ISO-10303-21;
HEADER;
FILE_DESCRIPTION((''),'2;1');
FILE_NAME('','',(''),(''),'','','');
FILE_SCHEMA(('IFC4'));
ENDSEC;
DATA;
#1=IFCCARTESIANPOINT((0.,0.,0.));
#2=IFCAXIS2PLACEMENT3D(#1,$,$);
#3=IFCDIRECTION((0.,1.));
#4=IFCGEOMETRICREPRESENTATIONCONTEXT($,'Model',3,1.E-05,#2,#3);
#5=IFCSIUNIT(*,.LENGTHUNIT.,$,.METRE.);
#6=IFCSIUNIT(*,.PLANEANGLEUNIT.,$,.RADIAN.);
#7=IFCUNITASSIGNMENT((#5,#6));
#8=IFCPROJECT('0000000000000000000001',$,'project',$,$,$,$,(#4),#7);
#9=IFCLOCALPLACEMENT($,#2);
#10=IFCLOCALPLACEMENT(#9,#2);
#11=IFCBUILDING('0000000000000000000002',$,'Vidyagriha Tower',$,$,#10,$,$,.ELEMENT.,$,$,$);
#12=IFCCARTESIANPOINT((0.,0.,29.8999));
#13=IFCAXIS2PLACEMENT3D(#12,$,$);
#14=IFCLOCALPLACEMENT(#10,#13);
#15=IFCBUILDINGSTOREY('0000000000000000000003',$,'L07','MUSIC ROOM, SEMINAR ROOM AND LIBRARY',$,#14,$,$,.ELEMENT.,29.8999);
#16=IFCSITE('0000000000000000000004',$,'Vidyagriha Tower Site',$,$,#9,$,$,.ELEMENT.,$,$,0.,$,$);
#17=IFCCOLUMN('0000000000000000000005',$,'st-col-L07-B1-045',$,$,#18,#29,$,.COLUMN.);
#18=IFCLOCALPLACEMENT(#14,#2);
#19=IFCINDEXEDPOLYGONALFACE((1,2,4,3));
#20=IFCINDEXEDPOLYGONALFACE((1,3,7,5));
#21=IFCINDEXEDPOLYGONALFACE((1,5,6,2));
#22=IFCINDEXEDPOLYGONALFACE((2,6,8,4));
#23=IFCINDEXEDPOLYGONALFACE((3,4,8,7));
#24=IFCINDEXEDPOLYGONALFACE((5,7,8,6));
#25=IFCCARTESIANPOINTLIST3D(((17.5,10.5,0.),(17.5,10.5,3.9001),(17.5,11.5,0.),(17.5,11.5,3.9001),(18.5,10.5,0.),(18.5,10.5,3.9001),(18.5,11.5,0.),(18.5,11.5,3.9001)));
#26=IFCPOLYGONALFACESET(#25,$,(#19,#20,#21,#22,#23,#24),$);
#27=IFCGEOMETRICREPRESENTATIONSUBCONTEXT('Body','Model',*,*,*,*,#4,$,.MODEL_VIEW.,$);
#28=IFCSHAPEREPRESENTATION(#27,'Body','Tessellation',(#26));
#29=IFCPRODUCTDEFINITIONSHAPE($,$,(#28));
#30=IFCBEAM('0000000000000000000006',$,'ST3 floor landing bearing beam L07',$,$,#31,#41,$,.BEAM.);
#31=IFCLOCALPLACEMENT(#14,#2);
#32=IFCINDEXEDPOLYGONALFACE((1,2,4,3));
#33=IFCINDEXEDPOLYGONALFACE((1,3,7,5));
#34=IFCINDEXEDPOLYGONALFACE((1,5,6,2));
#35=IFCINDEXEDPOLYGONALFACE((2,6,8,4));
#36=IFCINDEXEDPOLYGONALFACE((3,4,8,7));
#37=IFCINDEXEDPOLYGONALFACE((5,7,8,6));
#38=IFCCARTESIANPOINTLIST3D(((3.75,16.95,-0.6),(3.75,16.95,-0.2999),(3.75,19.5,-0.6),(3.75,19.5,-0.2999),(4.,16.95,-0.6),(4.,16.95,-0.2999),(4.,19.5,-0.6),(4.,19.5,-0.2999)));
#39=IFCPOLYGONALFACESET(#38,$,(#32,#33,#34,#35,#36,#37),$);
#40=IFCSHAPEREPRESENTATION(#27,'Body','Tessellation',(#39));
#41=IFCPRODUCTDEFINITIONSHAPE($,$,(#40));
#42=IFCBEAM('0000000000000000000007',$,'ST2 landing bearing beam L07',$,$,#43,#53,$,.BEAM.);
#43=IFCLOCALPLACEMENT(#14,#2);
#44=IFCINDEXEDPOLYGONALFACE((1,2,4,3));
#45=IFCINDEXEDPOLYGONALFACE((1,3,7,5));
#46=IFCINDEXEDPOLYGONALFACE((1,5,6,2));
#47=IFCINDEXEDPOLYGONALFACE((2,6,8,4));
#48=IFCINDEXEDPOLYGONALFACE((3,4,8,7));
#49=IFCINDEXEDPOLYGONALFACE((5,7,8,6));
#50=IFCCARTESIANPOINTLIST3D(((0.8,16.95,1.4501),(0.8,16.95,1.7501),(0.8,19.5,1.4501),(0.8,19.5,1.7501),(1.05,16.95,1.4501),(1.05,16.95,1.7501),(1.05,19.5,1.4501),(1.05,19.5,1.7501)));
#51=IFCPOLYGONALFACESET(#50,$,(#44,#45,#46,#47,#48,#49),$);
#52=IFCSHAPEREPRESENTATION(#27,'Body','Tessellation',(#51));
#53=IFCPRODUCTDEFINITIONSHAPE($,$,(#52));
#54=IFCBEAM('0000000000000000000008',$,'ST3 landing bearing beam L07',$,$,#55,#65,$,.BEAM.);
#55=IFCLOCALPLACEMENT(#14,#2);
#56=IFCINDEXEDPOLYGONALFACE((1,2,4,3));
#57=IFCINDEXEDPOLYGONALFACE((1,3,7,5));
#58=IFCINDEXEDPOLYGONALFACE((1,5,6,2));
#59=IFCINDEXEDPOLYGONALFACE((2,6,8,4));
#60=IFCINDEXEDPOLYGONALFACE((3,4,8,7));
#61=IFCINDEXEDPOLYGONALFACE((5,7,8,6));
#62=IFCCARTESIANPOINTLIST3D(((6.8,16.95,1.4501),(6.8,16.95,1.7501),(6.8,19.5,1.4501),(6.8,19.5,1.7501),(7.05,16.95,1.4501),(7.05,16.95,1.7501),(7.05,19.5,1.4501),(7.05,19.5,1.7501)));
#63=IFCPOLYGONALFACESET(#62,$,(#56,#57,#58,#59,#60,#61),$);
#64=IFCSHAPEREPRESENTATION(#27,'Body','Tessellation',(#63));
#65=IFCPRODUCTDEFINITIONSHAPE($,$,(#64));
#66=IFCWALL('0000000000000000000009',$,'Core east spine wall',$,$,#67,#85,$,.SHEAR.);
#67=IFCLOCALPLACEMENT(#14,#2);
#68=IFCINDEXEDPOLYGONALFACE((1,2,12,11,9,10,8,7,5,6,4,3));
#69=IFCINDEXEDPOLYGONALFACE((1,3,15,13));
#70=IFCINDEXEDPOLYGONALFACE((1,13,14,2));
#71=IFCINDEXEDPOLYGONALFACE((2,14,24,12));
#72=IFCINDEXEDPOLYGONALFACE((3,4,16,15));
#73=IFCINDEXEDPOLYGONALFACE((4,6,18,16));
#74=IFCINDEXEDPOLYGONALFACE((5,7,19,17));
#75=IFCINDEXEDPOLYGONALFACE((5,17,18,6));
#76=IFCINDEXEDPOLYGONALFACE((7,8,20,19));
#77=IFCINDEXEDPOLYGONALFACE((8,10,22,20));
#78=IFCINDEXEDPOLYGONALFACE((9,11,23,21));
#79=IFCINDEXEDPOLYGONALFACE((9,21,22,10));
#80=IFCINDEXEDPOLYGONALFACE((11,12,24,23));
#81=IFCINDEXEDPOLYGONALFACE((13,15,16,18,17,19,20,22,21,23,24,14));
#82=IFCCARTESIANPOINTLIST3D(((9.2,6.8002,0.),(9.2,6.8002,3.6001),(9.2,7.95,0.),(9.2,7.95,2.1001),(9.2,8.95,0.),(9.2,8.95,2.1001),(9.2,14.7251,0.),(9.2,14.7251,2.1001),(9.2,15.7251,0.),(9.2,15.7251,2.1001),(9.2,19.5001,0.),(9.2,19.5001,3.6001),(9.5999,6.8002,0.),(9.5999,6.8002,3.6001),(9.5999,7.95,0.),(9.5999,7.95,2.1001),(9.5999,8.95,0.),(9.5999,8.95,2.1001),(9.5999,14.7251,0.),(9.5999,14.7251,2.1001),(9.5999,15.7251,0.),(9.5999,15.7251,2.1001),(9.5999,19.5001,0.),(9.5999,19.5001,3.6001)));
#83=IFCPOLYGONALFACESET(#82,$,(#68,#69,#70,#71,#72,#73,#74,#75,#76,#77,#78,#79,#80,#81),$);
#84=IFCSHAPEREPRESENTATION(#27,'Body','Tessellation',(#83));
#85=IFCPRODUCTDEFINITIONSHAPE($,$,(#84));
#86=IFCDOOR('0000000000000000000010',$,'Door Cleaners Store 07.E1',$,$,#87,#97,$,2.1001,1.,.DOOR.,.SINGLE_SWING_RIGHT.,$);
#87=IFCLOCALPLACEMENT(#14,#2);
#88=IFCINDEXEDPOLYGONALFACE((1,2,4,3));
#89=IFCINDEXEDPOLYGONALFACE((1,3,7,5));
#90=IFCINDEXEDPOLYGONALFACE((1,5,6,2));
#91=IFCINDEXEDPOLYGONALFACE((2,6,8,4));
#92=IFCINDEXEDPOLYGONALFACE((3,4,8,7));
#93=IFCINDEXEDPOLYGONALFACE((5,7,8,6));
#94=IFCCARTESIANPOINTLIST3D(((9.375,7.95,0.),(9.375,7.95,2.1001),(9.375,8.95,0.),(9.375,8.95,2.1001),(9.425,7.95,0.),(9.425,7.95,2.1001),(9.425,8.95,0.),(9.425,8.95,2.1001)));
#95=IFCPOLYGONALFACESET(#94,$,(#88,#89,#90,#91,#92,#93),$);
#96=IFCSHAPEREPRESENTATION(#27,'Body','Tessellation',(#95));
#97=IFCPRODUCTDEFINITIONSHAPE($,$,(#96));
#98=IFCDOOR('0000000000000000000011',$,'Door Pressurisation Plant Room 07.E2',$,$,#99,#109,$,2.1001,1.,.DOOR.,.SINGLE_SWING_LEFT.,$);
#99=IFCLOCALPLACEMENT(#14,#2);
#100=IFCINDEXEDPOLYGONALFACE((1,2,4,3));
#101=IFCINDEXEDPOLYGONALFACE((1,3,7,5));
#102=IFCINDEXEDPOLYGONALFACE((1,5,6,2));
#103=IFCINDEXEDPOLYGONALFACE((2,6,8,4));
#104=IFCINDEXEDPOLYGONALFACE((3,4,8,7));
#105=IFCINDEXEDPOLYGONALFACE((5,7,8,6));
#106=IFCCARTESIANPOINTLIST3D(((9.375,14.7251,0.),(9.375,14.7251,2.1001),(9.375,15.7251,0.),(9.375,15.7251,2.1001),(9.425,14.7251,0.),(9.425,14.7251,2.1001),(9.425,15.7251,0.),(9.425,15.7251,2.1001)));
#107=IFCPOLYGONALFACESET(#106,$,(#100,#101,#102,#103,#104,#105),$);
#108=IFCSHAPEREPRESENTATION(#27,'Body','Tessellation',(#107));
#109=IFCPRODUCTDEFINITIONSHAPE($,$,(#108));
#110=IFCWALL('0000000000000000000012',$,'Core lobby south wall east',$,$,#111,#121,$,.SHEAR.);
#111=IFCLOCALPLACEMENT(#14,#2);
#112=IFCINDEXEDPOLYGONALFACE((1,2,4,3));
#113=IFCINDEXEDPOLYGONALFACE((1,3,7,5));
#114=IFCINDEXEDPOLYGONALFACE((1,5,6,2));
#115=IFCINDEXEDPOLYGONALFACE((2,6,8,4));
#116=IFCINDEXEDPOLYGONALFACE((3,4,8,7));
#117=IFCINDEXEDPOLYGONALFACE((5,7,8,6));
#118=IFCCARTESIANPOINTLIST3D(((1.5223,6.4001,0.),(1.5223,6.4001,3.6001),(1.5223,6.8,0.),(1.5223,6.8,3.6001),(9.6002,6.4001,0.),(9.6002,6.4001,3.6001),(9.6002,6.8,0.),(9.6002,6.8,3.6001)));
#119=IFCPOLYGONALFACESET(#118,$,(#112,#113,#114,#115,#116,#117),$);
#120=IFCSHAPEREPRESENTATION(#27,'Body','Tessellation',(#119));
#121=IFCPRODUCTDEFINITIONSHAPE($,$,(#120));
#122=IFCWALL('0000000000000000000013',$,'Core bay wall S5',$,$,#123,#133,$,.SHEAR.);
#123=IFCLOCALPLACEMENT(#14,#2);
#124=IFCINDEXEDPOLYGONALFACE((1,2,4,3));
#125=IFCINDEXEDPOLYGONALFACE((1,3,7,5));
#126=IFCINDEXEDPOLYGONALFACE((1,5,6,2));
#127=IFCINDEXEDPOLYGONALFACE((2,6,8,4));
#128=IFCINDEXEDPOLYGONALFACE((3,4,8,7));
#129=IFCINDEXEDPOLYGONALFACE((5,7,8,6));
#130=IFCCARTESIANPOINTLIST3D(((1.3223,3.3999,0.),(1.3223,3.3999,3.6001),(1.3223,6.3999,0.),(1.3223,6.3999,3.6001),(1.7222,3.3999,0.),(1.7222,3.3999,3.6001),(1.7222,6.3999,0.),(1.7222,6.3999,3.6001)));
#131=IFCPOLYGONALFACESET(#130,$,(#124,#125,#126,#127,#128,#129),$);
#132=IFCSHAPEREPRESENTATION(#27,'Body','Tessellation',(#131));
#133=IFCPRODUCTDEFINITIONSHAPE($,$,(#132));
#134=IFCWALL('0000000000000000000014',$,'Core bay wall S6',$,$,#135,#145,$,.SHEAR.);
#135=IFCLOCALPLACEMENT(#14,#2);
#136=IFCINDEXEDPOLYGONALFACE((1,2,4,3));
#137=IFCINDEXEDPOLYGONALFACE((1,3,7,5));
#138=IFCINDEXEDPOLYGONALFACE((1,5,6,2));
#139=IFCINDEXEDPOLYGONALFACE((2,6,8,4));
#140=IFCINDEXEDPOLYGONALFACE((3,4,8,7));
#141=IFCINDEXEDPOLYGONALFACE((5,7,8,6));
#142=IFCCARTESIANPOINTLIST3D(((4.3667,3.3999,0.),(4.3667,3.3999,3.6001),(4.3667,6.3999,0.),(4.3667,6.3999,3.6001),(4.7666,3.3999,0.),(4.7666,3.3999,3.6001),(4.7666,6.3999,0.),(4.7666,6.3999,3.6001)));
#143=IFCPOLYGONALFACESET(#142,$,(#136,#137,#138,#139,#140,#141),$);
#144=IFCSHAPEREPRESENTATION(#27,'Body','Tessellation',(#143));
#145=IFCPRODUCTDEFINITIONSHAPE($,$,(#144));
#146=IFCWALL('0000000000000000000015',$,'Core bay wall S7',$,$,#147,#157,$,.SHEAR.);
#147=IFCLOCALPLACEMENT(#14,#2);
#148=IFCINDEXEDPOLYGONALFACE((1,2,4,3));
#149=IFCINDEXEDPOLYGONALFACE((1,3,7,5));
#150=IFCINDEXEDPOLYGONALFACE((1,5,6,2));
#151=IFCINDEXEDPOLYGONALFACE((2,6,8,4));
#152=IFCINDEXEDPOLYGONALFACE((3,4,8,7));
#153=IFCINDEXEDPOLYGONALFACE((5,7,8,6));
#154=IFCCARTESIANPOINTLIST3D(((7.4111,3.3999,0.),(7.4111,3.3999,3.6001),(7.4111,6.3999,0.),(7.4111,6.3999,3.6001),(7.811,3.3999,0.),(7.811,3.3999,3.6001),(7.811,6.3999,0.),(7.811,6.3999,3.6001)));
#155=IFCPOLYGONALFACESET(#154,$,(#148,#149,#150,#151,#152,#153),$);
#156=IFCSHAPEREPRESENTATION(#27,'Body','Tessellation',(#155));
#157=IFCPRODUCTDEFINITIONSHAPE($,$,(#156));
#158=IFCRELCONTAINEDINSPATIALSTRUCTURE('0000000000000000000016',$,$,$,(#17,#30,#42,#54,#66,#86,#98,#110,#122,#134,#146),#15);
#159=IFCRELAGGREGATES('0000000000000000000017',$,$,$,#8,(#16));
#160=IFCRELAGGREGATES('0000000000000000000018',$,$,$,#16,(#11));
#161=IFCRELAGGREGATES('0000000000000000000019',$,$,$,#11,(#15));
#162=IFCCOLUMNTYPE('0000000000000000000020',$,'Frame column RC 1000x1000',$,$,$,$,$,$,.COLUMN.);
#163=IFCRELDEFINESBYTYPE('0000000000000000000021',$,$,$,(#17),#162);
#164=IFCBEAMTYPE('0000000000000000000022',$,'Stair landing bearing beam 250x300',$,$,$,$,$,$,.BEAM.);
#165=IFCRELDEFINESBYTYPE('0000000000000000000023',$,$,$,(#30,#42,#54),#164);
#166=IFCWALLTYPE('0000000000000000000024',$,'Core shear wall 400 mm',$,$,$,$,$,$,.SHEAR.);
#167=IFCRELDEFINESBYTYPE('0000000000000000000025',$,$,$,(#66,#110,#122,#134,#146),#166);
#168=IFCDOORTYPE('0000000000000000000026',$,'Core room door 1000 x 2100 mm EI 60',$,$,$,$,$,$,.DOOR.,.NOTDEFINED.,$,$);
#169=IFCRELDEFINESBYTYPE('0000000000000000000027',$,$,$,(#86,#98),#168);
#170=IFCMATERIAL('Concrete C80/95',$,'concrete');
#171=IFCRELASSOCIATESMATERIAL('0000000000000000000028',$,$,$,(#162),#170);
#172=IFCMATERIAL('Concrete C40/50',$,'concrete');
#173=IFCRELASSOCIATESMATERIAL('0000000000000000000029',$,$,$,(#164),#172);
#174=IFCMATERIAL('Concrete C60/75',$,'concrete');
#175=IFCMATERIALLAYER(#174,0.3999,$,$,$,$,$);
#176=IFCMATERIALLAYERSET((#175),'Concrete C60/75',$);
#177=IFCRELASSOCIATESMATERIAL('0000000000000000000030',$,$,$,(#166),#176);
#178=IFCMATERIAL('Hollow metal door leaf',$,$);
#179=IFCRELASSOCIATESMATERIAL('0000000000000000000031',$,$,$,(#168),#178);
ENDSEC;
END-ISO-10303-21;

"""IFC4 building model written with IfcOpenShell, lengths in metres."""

from ifc_helpers import new_model, si_unit, direction, frame, frame_2d, origin, origin_2d, place, context, subcontext, project, spatial, rectangle, extrude, material, layer, layer_set, material_profile, profile_set, type_object, element, fill, save


model = new_model("IFC4")

# Units and contexts
model_context = context("Model", 3, precision=1e-05, world=origin(), true_north=direction((0.0, 1.0)))
body_context = subcontext(model_context, "Body", "Model", "MODEL_VIEW")
ifc_project = project(units=[si_unit("LENGTHUNIT", "METRE"), si_unit("PLANEANGLEUNIT", "RADIAN")], contexts=[model_context])

# Site, building, storey
site_placement = place(None, origin())
site = spatial("IfcSite", under=ifc_project, at=site_placement, Name="Vidyagriha Tower Site", CompositionType="ELEMENT", RefElevation=0.0)
building_placement = place(site_placement, origin())
building = spatial("IfcBuilding", under=site, at=building_placement, Name="Vidyagriha Tower", CompositionType="ELEMENT")
storey_placement = place(building_placement, frame((0.0, 0.0, 29.8999)))
storey = spatial("IfcBuildingStorey", under=building, at=storey_placement, Name="L07", Description="MUSIC ROOM, SEMINAR ROOM AND LIBRARY", CompositionType="ELEMENT", Elevation=29.8999)

# Column
ifc_material_1 = material(Name="Concrete C80/95", Category="concrete")
ifc_material_profile_1 = material_profile(ifc_material_1, rectangle(XDim=1.0, YDim=1.0, at=origin_2d()), Name="RC 1000x1000")
ifc_profile_set_1 = profile_set([ifc_material_profile_1], Name="Concrete C80/95")
column_type = type_object("IfcColumnType", Name="Frame column RC 1000x1000", PredefinedType="COLUMN", material=ifc_profile_set_1)
column_placement = place(storey_placement, frame((18.0, 11.0, 0.0)))
element("IfcColumn", 1, at=column_placement, inside=storey, type_object=column_type, Name="st-col-L07-B1-045", PredefinedType="COLUMN", context=body_context, shape_type="SweptSolid", body=[
    extrude(rectangle(XDim=1.0, YDim=1.0, at=origin_2d()), origin(), (0.0, 0.0, 1.0), 3.9001),
])

# Beams
ifc_material_2 = material(Name="Concrete C40/50", Category="concrete")
ifc_material_profile_2 = material_profile(ifc_material_2, rectangle(XDim=0.25, YDim=0.3, at=origin_2d()), Name="Stair landing bearing beam 250x300")
ifc_profile_set_2 = profile_set([ifc_material_profile_2], Name="Concrete C40/50")
beam_type = type_object("IfcBeamType", Name="Stair landing bearing beam 250x300", PredefinedType="BEAM", material=ifc_profile_set_2)
for number, where, z_axis, x_axis, name in (
    (2, (3.875, 16.95, -0.45), (0.0, 1.0, 0.0), (-1.0, 0.0, 0.0), "ST3 floor landing bearing beam L07"),
    (3, (0.925, 16.95, 1.6001), (0.0, 1.0, 0.0), (-1.0, 0.0, 0.0), "ST2 landing bearing beam L07"),
    (4, (6.925, 16.95, 1.6001), (0.0, 1.0, 0.0), (-1.0, 0.0, 0.0), "ST3 landing bearing beam L07"),
):
    element("IfcBeam", number, at=place(storey_placement, frame(where, z_axis=z_axis, x_axis=x_axis)), inside=storey, type_object=beam_type, Name=name, PredefinedType="BEAM", context=body_context, shape_type="SweptSolid", body=[
        extrude(rectangle(XDim=0.25, YDim=0.3, at=origin_2d()), origin(), (0.0, 0.0, 1.0), 2.55),
    ])

# Wall, openings, doors
ifc_material_3 = material(Name="Concrete C60/75", Category="concrete")
ifc_layer_1 = layer(ifc_material_3, 0.3999)
ifc_layer_set_1 = layer_set([ifc_layer_1], Name="Concrete C60/75")
wall_type_1 = type_object("IfcWallType", Name="Core shear wall 400 mm", PredefinedType="SHEAR", material=ifc_layer_set_1)
wall_1_placement = place(storey_placement, frame((9.3999, 6.8, 0.0), z_axis=(0.0, 0.0, 1.0), x_axis=(0.0, 1.0, 0.0)))
wall_1 = element("IfcWall", 5, at=wall_1_placement, inside=storey, type_object=wall_type_1, Name="Core east spine wall", PredefinedType="SHEAR", context=body_context, shape_type="SweptSolid", body=[
    extrude(rectangle(XDim=12.7, YDim=0.3999, at=frame_2d((6.3501, 0.0))), origin(), (0.0, 0.0, 1.0), 3.6001),
])
opening_1_placement = place(wall_1_placement, frame((1.1499, 0.0, 0.0)))
opening_1 = element("IfcOpeningElement", 6, at=opening_1_placement, cuts=wall_1, PredefinedType="OPENING", context=body_context, shape_type="SweptSolid", body=[
    extrude(rectangle(XDim=1.0, YDim=2.1001, at=frame_2d((0.5, 1.05))), frame((0.0, 0.21, 0.0), z_axis=(0.0, -1.0, 0.0), x_axis=(1.0, 0.0, 0.0)), (0.0, 0.0, 1.0), 0.4199),
])
opening_2_placement = place(wall_1_placement, frame((7.925, 0.0, 0.0)))
opening_2 = element("IfcOpeningElement", 7, at=opening_2_placement, cuts=wall_1, PredefinedType="OPENING", context=body_context, shape_type="SweptSolid", body=[
    extrude(rectangle(XDim=1.0, YDim=2.1001, at=frame_2d((0.5, 1.05))), frame((0.0, 0.21, 0.0), z_axis=(0.0, -1.0, 0.0), x_axis=(1.0, 0.0, 0.0)), (0.0, 0.0, 1.0), 0.4199),
])
ifc_material_4 = material(Name="Hollow metal door leaf")
door_type_1 = type_object("IfcDoorType", Name="Core room door 1000 x 2100 mm EI 60", OperationType="NOTDEFINED", PredefinedType="DOOR", material=ifc_material_4)
door_1_placement = place(opening_1_placement, origin())
door_1 = element("IfcDoor", 8, at=door_1_placement, inside=storey, type_object=door_type_1, Name="Door Cleaners Store 07.E1", OperationType="SINGLE_SWING_RIGHT", OverallHeight=2.1001, OverallWidth=1.0, PredefinedType="DOOR", context=body_context, shape_type="SweptSolid", body=[
    extrude(rectangle(XDim=1.0, YDim=2.1001, at=frame_2d((0.5, 1.05))), frame((0.0, 0.0249, 0.0), z_axis=(0.0, -1.0, 0.0), x_axis=(1.0, 0.0, 0.0)), (0.0, 0.0, 1.0), 0.05),
])
fill(opening_1, door_1)
door_2_placement = place(opening_2_placement, origin())
door_2 = element("IfcDoor", 9, at=door_2_placement, inside=storey, type_object=door_type_1, Name="Door Pressurisation Plant Room 07.E2", OperationType="SINGLE_SWING_LEFT", OverallHeight=2.1001, OverallWidth=1.0, PredefinedType="DOOR", context=body_context, shape_type="SweptSolid", body=[
    extrude(rectangle(XDim=1.0, YDim=2.1001, at=frame_2d((0.5, 1.05))), frame((0.0, 0.0249, 0.0), z_axis=(0.0, -1.0, 0.0), x_axis=(1.0, 0.0, 0.0)), (0.0, 0.0, 1.0), 0.05),
])
fill(opening_2, door_2)

# Walls
wall_2_placement = place(storey_placement, frame((1.5222, 6.6001, 0.0)))
element("IfcWall", 10, at=wall_2_placement, inside=storey, type_object=wall_type_1, Name="Core lobby south wall east", PredefinedType="SHEAR", context=body_context, shape_type="SweptSolid", body=[
    extrude(rectangle(XDim=8.0779, YDim=0.3999, at=frame_2d((4.0391, 0.0))), origin(), (0.0, 0.0, 1.0), 3.6001),
])
for number, where, z_axis, x_axis, name in (
    (11, (1.5222, 3.3999, 0.0), (0.0, 0.0, 1.0), (0.0, 1.0, 0.0), "Core bay wall S5"),
    (12, (4.5667, 3.3999, 0.0), (0.0, 0.0, 1.0), (0.0, 1.0, 0.0), "Core bay wall S6"),
    (13, (7.6111, 3.3999, 0.0), (0.0, 0.0, 1.0), (0.0, 1.0, 0.0), "Core bay wall S7"),
):
    element("IfcWall", number, at=place(storey_placement, frame(where, z_axis=z_axis, x_axis=x_axis)), inside=storey, type_object=wall_type_1, Name=name, PredefinedType="SHEAR", context=body_context, shape_type="SweptSolid", body=[
        extrude(rectangle(XDim=3.0, YDim=0.3999, at=frame_2d((1.5, 0.0))), origin(), (0.0, 0.0, 1.0), 3.6001),
    ])

save(model, "model.ifc")
